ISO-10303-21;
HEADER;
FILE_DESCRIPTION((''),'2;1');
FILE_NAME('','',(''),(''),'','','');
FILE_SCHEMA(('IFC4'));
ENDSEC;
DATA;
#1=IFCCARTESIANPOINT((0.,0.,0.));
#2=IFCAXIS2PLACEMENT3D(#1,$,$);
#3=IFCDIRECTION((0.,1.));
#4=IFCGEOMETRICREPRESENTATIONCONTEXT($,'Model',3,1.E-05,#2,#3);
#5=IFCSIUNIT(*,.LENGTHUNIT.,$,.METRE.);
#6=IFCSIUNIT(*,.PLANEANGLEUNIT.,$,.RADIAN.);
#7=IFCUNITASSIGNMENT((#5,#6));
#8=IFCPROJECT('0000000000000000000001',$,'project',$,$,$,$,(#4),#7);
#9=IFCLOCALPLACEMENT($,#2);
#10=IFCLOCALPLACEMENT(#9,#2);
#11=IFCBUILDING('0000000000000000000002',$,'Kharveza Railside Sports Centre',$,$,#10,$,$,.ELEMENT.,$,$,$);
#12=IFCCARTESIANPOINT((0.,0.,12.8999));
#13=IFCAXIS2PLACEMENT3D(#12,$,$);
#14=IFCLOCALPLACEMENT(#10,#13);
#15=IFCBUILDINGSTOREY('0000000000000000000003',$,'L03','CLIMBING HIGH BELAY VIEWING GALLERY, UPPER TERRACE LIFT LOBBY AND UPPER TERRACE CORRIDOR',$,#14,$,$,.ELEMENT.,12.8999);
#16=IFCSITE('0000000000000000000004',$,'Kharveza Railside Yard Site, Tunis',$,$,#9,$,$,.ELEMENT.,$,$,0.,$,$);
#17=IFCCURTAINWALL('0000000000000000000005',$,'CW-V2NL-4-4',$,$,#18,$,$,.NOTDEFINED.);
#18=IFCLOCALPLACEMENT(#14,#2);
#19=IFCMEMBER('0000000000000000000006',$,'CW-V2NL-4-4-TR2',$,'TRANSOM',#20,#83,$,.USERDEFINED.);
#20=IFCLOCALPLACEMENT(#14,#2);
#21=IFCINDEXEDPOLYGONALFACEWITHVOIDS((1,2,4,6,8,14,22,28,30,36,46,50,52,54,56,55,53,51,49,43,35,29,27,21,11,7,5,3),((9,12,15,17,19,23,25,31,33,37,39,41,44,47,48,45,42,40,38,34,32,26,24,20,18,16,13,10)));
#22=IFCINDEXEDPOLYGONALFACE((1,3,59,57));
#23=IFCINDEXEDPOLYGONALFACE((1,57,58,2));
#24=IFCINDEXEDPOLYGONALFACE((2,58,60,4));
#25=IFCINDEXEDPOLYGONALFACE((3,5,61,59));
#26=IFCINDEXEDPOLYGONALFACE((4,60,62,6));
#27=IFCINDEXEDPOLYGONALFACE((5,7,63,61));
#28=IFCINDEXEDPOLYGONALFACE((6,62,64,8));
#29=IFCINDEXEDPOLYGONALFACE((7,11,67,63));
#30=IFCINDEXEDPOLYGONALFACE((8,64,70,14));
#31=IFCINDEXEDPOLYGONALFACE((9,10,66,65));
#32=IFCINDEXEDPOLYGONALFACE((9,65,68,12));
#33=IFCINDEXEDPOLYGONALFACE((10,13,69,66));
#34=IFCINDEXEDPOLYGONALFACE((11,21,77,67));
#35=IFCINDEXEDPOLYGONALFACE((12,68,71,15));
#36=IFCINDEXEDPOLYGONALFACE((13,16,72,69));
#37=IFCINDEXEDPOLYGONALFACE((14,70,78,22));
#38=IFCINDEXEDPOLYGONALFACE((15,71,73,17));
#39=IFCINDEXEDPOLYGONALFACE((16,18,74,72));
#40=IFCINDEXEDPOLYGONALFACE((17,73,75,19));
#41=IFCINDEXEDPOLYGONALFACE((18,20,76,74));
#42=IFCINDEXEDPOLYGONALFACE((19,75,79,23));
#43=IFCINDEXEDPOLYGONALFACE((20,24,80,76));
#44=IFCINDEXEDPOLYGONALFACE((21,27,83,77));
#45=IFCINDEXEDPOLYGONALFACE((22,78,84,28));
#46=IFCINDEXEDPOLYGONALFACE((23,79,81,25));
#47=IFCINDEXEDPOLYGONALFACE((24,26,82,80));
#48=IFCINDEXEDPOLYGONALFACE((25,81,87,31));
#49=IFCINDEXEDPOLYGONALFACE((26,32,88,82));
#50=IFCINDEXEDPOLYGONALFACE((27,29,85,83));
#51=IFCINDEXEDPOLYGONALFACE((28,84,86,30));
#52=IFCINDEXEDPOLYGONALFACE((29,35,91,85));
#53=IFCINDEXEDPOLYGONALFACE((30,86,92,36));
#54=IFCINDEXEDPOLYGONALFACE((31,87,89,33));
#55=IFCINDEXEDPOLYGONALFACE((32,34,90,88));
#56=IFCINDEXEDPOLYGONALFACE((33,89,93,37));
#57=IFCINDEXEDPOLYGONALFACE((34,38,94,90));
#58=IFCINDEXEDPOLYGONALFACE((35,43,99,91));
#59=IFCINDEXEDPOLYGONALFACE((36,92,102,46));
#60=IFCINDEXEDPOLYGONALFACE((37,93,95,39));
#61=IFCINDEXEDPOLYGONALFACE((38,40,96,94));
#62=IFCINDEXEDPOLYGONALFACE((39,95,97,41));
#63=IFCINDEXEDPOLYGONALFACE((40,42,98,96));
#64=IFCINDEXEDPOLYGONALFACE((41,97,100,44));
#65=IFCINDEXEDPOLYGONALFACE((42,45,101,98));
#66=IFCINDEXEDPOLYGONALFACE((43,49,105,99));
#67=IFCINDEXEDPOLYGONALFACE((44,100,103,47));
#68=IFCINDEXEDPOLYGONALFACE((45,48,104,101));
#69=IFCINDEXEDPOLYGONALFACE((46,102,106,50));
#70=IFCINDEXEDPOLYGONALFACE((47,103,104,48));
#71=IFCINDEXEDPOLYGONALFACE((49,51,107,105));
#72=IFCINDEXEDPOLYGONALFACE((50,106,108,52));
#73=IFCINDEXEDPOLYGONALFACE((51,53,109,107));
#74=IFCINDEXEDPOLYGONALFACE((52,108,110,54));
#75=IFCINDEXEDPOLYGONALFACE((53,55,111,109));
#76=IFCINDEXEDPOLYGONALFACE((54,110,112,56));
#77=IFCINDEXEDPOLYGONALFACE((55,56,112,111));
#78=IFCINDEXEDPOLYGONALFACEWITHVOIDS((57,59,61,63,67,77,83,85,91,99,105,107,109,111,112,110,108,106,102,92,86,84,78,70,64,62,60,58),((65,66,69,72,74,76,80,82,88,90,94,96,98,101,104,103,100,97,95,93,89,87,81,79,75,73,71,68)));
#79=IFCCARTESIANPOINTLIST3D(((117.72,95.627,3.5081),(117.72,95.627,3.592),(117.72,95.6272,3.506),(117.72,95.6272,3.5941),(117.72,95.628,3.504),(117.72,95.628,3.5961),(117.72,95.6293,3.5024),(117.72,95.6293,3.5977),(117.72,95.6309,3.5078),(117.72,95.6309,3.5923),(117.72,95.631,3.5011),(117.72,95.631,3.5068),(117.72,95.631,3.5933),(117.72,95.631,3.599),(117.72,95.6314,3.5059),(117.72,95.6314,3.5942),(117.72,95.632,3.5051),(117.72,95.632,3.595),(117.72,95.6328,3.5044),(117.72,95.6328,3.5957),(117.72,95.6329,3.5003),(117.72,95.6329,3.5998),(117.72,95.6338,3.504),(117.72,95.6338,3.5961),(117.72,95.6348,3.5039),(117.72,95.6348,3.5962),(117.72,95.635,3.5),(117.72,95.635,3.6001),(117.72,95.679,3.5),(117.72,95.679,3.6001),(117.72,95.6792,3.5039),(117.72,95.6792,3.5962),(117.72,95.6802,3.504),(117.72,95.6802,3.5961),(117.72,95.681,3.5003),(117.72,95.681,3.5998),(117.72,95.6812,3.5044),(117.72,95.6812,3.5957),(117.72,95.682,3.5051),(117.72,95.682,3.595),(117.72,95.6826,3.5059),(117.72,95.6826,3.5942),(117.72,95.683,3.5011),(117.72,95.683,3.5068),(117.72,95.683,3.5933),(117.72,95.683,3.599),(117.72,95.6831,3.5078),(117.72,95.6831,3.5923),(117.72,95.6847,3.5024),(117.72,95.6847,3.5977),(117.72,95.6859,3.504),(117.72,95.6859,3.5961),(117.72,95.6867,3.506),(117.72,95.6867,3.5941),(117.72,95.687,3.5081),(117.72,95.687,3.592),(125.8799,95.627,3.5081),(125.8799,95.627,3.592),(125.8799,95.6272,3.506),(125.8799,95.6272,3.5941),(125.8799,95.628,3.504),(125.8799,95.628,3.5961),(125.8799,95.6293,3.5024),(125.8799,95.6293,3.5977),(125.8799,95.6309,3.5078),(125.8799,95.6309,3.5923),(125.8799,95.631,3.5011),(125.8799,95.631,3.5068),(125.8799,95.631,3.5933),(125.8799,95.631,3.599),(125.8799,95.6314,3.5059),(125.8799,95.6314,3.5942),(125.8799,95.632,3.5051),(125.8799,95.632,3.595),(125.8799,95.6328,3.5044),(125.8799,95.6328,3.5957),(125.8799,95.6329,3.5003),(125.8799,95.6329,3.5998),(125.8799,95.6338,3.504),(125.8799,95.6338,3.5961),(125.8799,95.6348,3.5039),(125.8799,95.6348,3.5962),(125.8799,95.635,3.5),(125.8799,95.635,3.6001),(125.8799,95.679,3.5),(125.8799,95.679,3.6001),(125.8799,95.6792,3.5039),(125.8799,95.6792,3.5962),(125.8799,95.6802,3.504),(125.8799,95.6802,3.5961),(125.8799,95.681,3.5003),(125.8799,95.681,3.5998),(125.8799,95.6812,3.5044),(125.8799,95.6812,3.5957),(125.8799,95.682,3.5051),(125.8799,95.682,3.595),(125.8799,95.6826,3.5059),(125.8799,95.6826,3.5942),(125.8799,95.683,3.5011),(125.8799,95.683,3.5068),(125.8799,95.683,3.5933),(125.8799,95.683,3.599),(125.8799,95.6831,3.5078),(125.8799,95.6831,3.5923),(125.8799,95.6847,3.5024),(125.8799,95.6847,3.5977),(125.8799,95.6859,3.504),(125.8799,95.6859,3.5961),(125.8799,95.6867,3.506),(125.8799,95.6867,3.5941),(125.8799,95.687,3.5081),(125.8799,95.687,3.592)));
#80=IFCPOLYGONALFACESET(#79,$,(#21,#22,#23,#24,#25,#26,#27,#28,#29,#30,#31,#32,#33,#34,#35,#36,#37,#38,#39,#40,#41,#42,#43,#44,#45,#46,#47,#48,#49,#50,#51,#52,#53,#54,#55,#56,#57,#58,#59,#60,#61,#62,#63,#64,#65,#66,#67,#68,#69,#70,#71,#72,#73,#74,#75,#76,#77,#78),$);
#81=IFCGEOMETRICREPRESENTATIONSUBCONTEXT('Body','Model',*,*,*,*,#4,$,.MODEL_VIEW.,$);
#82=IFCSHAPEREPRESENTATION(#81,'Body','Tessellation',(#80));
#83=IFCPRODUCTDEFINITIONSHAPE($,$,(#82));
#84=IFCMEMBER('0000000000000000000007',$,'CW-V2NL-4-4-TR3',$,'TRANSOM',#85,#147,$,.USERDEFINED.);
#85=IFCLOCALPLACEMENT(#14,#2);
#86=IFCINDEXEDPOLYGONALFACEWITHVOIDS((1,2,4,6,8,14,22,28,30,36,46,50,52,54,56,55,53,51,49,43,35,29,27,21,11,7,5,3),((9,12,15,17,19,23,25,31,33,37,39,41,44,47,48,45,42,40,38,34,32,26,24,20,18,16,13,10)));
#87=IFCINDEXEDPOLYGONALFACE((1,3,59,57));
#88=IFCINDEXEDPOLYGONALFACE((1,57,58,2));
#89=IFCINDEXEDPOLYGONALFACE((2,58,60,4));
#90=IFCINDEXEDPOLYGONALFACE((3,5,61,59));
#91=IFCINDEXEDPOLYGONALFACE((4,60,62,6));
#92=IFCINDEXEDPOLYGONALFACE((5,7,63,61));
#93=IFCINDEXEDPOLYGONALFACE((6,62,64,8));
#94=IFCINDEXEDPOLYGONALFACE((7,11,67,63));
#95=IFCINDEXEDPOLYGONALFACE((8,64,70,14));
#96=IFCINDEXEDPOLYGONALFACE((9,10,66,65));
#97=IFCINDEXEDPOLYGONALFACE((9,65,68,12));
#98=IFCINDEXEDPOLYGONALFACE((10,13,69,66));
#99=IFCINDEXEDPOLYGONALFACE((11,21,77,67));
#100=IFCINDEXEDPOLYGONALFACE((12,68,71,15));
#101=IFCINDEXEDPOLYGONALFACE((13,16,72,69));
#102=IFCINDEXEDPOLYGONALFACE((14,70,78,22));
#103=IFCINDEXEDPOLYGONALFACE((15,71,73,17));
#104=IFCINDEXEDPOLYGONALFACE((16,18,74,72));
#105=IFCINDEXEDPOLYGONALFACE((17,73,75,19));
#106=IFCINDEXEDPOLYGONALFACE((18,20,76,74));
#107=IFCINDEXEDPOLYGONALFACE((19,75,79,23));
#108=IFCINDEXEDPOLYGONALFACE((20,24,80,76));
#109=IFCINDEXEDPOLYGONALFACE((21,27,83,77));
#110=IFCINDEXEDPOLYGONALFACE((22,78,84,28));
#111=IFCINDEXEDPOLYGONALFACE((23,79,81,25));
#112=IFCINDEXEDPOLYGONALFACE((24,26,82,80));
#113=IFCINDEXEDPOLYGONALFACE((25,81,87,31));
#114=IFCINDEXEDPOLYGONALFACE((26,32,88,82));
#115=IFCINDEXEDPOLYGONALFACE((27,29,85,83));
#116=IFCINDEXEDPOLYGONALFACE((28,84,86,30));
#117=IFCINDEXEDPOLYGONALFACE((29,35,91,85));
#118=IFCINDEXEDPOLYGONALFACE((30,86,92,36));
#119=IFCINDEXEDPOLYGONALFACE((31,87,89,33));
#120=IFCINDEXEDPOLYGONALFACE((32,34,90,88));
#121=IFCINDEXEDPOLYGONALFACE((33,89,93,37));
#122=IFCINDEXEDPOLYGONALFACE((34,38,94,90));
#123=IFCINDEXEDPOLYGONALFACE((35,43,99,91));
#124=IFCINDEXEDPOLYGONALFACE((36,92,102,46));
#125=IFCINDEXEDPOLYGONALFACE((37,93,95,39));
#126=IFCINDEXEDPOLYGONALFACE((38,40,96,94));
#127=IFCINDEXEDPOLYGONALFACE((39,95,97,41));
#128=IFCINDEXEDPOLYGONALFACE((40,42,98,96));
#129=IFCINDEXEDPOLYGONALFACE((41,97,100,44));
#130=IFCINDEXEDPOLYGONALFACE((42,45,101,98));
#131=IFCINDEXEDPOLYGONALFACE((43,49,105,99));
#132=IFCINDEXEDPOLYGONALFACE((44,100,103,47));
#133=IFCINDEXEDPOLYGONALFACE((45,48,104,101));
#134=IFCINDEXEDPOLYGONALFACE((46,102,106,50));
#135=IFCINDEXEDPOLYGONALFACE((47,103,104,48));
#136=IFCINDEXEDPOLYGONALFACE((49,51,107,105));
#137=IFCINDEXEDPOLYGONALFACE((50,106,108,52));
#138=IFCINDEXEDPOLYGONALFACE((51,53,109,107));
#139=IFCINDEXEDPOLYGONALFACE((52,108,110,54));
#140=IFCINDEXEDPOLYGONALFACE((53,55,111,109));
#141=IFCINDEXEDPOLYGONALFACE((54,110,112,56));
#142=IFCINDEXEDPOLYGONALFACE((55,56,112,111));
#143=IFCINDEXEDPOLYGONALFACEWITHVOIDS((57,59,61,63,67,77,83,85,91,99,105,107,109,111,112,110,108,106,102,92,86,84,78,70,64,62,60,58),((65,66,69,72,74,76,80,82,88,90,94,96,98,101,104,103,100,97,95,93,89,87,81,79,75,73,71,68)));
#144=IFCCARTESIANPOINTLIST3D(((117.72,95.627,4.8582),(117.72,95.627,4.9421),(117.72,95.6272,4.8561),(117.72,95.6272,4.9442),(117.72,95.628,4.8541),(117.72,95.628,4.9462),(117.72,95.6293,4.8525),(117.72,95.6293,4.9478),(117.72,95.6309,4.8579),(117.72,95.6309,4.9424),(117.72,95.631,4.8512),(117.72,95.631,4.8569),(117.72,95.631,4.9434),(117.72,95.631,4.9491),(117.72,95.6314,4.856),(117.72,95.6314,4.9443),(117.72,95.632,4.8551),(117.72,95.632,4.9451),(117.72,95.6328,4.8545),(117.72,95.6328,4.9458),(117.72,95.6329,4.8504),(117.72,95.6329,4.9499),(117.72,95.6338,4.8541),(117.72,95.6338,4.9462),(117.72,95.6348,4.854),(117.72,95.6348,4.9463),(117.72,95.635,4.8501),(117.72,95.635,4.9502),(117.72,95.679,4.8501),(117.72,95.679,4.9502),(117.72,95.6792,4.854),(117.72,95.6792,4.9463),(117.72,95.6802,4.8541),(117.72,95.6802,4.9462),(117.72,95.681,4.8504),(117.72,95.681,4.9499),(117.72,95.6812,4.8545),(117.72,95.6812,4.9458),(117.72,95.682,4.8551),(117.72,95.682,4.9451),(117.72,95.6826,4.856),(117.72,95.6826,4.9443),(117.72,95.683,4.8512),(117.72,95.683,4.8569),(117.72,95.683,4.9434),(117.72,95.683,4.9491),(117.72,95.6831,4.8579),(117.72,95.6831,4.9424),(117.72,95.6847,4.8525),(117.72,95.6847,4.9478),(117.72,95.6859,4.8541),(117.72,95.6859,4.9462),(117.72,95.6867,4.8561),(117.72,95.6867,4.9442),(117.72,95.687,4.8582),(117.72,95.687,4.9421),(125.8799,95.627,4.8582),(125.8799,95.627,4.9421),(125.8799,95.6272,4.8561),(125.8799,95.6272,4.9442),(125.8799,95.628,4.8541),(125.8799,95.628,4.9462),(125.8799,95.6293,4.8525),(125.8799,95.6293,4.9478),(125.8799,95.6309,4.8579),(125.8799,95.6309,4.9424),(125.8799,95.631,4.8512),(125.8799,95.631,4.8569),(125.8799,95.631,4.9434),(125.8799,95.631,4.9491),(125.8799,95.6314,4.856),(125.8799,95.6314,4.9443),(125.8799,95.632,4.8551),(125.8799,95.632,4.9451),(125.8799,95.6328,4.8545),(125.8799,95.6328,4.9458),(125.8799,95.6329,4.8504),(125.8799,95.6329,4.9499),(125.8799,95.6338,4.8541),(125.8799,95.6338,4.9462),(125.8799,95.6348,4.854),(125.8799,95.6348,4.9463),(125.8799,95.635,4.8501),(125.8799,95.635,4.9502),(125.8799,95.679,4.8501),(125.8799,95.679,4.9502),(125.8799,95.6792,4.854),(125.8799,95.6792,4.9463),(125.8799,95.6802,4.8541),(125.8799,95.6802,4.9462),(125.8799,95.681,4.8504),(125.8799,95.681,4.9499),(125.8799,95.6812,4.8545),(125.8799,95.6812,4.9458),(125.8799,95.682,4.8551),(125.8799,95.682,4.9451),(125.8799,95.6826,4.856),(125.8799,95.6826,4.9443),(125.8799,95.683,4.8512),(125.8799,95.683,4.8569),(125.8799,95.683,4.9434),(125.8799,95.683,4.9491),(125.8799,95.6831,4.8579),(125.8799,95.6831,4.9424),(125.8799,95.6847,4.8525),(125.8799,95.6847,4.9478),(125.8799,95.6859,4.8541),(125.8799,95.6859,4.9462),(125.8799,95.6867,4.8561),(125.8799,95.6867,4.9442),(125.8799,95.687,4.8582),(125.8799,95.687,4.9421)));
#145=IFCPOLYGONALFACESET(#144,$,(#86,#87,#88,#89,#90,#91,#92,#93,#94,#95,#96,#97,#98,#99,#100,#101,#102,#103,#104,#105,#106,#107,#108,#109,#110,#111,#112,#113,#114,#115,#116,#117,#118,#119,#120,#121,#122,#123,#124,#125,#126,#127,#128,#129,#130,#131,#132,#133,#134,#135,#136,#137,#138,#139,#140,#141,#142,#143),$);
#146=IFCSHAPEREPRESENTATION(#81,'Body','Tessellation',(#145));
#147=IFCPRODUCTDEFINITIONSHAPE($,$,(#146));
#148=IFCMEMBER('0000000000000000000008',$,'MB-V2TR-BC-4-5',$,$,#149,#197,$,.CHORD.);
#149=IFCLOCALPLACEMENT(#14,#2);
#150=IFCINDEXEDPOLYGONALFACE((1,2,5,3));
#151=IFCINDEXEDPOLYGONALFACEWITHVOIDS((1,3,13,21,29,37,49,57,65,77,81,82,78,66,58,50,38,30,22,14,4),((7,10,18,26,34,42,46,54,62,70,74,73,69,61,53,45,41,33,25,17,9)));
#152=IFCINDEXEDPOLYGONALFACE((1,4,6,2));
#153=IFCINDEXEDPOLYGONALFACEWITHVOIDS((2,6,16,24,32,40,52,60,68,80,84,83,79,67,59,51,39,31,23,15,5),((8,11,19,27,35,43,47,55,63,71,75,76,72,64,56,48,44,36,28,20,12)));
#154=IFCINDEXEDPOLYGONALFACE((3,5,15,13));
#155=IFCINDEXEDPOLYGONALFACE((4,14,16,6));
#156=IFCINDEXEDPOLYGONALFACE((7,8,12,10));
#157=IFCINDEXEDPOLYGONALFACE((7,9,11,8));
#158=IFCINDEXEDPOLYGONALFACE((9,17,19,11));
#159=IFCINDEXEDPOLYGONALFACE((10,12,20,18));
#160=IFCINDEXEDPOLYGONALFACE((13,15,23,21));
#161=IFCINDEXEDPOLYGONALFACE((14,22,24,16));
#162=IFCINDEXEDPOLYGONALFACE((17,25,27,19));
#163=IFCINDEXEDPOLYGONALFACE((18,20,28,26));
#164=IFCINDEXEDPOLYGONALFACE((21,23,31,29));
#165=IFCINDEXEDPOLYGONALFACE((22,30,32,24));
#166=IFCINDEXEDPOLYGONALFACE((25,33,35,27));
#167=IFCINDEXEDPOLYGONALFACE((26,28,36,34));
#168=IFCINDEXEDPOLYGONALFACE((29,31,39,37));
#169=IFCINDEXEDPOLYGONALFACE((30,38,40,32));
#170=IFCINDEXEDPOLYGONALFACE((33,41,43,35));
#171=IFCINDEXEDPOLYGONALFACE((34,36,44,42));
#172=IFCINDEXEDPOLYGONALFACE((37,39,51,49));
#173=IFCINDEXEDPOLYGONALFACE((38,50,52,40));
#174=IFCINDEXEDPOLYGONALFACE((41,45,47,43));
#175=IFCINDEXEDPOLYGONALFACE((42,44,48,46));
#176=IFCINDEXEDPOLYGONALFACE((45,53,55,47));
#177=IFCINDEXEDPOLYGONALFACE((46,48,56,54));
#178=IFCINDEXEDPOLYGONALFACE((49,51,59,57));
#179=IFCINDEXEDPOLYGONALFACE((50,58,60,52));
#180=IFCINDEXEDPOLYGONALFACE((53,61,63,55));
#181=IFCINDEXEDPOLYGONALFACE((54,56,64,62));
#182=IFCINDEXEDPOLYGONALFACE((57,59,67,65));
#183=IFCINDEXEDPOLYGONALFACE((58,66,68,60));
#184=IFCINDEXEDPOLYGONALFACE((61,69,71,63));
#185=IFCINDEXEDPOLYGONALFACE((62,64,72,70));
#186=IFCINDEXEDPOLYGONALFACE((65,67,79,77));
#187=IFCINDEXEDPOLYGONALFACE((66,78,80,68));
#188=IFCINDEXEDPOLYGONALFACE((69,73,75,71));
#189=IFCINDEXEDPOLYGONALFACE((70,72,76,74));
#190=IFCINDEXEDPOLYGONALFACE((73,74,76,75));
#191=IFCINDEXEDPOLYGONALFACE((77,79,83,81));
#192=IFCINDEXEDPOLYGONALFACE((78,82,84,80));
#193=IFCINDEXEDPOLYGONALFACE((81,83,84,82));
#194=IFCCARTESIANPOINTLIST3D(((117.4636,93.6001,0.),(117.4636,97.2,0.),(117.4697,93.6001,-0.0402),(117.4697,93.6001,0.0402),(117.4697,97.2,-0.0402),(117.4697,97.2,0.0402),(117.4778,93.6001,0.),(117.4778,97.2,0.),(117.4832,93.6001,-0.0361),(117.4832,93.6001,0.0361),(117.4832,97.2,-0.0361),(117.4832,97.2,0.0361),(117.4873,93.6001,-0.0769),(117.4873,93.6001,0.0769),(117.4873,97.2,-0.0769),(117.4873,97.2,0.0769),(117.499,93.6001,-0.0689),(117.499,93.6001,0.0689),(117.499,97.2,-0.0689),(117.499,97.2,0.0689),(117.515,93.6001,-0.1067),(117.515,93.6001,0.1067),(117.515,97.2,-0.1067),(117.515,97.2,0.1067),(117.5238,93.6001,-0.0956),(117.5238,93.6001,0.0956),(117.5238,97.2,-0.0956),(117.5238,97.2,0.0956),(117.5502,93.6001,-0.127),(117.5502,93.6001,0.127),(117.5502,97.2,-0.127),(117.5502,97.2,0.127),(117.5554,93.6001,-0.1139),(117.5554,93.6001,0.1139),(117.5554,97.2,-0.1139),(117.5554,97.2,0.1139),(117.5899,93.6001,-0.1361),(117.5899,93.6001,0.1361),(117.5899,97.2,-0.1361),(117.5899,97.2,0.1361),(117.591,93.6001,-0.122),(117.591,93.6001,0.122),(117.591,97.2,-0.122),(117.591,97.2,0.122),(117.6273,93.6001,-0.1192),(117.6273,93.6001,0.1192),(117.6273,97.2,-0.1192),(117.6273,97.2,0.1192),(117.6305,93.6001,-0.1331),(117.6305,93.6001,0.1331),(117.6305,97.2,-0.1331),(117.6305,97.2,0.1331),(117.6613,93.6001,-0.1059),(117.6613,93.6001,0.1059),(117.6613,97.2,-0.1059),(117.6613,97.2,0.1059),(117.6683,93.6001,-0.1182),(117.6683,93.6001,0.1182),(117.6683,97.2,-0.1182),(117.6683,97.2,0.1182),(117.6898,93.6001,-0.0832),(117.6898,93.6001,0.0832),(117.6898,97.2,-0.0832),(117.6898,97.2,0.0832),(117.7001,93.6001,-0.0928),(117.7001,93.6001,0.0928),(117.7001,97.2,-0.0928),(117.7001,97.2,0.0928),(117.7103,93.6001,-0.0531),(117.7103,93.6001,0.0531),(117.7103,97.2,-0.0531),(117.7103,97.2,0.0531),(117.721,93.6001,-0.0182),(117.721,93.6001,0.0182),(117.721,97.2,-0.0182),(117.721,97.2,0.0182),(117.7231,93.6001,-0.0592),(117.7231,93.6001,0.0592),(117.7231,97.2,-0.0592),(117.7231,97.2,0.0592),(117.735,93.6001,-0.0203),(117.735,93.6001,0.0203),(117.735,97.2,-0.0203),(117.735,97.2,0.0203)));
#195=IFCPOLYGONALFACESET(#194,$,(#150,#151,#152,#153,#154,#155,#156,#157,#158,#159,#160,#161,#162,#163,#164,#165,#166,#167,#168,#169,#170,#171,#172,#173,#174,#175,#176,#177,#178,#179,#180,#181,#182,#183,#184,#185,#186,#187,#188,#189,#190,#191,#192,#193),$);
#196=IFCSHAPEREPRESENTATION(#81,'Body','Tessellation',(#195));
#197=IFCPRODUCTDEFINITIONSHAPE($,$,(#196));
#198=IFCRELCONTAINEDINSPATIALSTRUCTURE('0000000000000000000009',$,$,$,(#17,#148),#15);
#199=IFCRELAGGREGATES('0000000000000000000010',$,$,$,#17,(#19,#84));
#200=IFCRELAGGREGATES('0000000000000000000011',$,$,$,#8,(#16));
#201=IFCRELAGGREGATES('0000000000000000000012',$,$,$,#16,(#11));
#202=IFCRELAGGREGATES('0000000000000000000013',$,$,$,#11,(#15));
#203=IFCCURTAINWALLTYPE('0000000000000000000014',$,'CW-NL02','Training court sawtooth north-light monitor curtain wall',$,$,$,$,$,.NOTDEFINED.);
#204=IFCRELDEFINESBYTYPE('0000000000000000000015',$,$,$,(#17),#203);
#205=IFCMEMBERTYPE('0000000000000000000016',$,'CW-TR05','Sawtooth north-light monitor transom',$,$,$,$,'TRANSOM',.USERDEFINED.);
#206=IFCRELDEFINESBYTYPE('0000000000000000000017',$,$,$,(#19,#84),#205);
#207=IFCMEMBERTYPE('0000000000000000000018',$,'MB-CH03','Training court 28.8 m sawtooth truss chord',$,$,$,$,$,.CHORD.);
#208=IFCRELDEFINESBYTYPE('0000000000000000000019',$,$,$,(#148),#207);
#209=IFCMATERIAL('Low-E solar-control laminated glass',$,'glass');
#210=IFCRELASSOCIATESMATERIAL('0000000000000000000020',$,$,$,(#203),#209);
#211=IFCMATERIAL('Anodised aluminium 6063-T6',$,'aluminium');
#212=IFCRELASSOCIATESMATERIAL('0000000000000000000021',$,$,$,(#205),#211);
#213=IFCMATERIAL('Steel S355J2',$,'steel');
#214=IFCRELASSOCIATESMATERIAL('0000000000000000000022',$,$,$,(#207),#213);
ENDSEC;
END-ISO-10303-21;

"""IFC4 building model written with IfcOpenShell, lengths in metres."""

from ifc_helpers import new_model, si_unit, direction, frame, origin, origin_2d, place, context, subcontext, project, spatial, hollow_rectangle, hollow_circle, extrude, material, material_profile, profile_set, type_object, element, aggregate, save


model = new_model("IFC4")

# Units and contexts
model_context = context("Model", 3, precision=1e-05, world=origin(), true_north=direction((0.0, 1.0)))
body_context = subcontext(model_context, "Body", "Model", "MODEL_VIEW")
ifc_project = project(units=[si_unit("LENGTHUNIT", "METRE"), si_unit("PLANEANGLEUNIT", "RADIAN")], contexts=[model_context])

# Site, building, storey
site_placement = place(None, origin())
site = spatial("IfcSite", under=ifc_project, at=site_placement, Name="Kharveza Railside Yard Site, Tunis", CompositionType="ELEMENT", RefElevation=0.0)
building_placement = place(site_placement, origin())
building = spatial("IfcBuilding", under=site, at=building_placement, Name="Kharveza Railside Sports Centre", CompositionType="ELEMENT")
storey_placement = place(building_placement, frame((0.0, 0.0, 12.8999)))
storey = spatial("IfcBuildingStorey", under=building, at=storey_placement, Name="L03", Description="CLIMBING HIGH BELAY VIEWING GALLERY, UPPER TERRACE LIFT LOBBY AND UPPER TERRACE CORRIDOR", CompositionType="ELEMENT", Elevation=12.8999)

# Shared definitions
ifc_material_1 = material(Name="Steel S355J2", Category="steel")

# Curtain wall, members
ifc_material_2 = material(Name="Low-E solar-control laminated glass", Category="glass")
curtain_wall_type = type_object("IfcCurtainWallType", Name="CW-NL02", Description="Training court sawtooth north-light monitor curtain wall", PredefinedType="NOTDEFINED", material=ifc_material_2)
ifc_material_3 = material(Name="Anodised aluminium 6063-T6", Category="aluminium")
curtain_wall_1_placement = place(storey_placement, origin())
curtain_wall_1 = element("IfcCurtainWall", 1, at=curtain_wall_1_placement, inside=storey, type_object=curtain_wall_type, Name="CW-V2NL-4-4", PredefinedType="NOTDEFINED")
ifc_material_profile_1 = material_profile(ifc_material_3, hollow_rectangle(XDim=0.0601, YDim=0.1001, WallThickness=0.0039, InnerFilletRadius=0.0039, OuterFilletRadius=0.0081, at=origin_2d()), Name="RHS 60x100x4.0")
ifc_profile_set_1 = profile_set([ifc_material_profile_1], Name="Anodised aluminium 6063-T6")
member_type_1 = type_object("IfcMemberType", Name="CW-TR05", Description="Sawtooth north-light monitor transom", ElementType="TRANSOM", PredefinedType="USERDEFINED", material=ifc_profile_set_1)
member_1_placement = place(storey_placement, frame((117.72, 95.657, 3.55), z_axis=(1.0, 0.0, 0.0), x_axis=(0.0, 1.0, 0.0)))
member_1 = element("IfcMember", 2, at=member_1_placement, type_object=member_type_1, Name="CW-V2NL-4-4-TR2", ObjectType="TRANSOM", PredefinedType="USERDEFINED", context=body_context, shape_type="SweptSolid", body=[
    extrude(hollow_rectangle(XDim=0.0601, YDim=0.1001, WallThickness=0.0039, InnerFilletRadius=0.0039, OuterFilletRadius=0.0081, at=origin_2d()), origin(), (0.0, 0.0, 1.0), 8.1599),
])
member_2_placement = place(storey_placement, frame((117.72, 95.657, 4.9001), z_axis=(1.0, 0.0, 0.0), x_axis=(0.0, 1.0, 0.0)))
member_2 = element("IfcMember", 3, at=member_2_placement, type_object=member_type_1, Name="CW-V2NL-4-4-TR3", ObjectType="TRANSOM", PredefinedType="USERDEFINED", context=body_context, shape_type="SweptSolid", body=[
    extrude(hollow_rectangle(XDim=0.0601, YDim=0.1001, WallThickness=0.0039, InnerFilletRadius=0.0039, OuterFilletRadius=0.0081, at=origin_2d()), origin(), (0.0, 0.0, 1.0), 8.1599),
])

# Member
ifc_material_profile_2 = material_profile(ifc_material_1, hollow_circle(Radius=0.1365, WallThickness=0.0142, at=origin_2d()), Name="CHS 273.0x14.2")
ifc_profile_set_2 = profile_set([ifc_material_profile_2], Name="Steel S355J2")
member_type_2 = type_object("IfcMemberType", Name="MB-CH03", Description="Training court 28.8 m sawtooth truss chord", PredefinedType="CHORD", material=ifc_profile_set_2)
for number, where, z_axis, x_axis, name in (
    (4, (117.6001, 93.6001, 0.0), (0.0, 1.0, 0.0), (-1.0, 0.0, 0.0), "MB-V2TR-BC-4-5"),
):
    element("IfcMember", number, at=place(storey_placement, frame(where, z_axis=z_axis, x_axis=x_axis)), inside=storey, type_object=member_type_2, Name=name, PredefinedType="CHORD", context=body_context, shape_type="SweptSolid", body=[
        extrude(hollow_circle(Radius=0.1365, WallThickness=0.0142, at=origin_2d()), origin(), (0.0, 0.0, 1.0), 3.5999),
    ])

aggregate(curtain_wall_1, [member_1, member_2])

save(model, "model.ifc")
